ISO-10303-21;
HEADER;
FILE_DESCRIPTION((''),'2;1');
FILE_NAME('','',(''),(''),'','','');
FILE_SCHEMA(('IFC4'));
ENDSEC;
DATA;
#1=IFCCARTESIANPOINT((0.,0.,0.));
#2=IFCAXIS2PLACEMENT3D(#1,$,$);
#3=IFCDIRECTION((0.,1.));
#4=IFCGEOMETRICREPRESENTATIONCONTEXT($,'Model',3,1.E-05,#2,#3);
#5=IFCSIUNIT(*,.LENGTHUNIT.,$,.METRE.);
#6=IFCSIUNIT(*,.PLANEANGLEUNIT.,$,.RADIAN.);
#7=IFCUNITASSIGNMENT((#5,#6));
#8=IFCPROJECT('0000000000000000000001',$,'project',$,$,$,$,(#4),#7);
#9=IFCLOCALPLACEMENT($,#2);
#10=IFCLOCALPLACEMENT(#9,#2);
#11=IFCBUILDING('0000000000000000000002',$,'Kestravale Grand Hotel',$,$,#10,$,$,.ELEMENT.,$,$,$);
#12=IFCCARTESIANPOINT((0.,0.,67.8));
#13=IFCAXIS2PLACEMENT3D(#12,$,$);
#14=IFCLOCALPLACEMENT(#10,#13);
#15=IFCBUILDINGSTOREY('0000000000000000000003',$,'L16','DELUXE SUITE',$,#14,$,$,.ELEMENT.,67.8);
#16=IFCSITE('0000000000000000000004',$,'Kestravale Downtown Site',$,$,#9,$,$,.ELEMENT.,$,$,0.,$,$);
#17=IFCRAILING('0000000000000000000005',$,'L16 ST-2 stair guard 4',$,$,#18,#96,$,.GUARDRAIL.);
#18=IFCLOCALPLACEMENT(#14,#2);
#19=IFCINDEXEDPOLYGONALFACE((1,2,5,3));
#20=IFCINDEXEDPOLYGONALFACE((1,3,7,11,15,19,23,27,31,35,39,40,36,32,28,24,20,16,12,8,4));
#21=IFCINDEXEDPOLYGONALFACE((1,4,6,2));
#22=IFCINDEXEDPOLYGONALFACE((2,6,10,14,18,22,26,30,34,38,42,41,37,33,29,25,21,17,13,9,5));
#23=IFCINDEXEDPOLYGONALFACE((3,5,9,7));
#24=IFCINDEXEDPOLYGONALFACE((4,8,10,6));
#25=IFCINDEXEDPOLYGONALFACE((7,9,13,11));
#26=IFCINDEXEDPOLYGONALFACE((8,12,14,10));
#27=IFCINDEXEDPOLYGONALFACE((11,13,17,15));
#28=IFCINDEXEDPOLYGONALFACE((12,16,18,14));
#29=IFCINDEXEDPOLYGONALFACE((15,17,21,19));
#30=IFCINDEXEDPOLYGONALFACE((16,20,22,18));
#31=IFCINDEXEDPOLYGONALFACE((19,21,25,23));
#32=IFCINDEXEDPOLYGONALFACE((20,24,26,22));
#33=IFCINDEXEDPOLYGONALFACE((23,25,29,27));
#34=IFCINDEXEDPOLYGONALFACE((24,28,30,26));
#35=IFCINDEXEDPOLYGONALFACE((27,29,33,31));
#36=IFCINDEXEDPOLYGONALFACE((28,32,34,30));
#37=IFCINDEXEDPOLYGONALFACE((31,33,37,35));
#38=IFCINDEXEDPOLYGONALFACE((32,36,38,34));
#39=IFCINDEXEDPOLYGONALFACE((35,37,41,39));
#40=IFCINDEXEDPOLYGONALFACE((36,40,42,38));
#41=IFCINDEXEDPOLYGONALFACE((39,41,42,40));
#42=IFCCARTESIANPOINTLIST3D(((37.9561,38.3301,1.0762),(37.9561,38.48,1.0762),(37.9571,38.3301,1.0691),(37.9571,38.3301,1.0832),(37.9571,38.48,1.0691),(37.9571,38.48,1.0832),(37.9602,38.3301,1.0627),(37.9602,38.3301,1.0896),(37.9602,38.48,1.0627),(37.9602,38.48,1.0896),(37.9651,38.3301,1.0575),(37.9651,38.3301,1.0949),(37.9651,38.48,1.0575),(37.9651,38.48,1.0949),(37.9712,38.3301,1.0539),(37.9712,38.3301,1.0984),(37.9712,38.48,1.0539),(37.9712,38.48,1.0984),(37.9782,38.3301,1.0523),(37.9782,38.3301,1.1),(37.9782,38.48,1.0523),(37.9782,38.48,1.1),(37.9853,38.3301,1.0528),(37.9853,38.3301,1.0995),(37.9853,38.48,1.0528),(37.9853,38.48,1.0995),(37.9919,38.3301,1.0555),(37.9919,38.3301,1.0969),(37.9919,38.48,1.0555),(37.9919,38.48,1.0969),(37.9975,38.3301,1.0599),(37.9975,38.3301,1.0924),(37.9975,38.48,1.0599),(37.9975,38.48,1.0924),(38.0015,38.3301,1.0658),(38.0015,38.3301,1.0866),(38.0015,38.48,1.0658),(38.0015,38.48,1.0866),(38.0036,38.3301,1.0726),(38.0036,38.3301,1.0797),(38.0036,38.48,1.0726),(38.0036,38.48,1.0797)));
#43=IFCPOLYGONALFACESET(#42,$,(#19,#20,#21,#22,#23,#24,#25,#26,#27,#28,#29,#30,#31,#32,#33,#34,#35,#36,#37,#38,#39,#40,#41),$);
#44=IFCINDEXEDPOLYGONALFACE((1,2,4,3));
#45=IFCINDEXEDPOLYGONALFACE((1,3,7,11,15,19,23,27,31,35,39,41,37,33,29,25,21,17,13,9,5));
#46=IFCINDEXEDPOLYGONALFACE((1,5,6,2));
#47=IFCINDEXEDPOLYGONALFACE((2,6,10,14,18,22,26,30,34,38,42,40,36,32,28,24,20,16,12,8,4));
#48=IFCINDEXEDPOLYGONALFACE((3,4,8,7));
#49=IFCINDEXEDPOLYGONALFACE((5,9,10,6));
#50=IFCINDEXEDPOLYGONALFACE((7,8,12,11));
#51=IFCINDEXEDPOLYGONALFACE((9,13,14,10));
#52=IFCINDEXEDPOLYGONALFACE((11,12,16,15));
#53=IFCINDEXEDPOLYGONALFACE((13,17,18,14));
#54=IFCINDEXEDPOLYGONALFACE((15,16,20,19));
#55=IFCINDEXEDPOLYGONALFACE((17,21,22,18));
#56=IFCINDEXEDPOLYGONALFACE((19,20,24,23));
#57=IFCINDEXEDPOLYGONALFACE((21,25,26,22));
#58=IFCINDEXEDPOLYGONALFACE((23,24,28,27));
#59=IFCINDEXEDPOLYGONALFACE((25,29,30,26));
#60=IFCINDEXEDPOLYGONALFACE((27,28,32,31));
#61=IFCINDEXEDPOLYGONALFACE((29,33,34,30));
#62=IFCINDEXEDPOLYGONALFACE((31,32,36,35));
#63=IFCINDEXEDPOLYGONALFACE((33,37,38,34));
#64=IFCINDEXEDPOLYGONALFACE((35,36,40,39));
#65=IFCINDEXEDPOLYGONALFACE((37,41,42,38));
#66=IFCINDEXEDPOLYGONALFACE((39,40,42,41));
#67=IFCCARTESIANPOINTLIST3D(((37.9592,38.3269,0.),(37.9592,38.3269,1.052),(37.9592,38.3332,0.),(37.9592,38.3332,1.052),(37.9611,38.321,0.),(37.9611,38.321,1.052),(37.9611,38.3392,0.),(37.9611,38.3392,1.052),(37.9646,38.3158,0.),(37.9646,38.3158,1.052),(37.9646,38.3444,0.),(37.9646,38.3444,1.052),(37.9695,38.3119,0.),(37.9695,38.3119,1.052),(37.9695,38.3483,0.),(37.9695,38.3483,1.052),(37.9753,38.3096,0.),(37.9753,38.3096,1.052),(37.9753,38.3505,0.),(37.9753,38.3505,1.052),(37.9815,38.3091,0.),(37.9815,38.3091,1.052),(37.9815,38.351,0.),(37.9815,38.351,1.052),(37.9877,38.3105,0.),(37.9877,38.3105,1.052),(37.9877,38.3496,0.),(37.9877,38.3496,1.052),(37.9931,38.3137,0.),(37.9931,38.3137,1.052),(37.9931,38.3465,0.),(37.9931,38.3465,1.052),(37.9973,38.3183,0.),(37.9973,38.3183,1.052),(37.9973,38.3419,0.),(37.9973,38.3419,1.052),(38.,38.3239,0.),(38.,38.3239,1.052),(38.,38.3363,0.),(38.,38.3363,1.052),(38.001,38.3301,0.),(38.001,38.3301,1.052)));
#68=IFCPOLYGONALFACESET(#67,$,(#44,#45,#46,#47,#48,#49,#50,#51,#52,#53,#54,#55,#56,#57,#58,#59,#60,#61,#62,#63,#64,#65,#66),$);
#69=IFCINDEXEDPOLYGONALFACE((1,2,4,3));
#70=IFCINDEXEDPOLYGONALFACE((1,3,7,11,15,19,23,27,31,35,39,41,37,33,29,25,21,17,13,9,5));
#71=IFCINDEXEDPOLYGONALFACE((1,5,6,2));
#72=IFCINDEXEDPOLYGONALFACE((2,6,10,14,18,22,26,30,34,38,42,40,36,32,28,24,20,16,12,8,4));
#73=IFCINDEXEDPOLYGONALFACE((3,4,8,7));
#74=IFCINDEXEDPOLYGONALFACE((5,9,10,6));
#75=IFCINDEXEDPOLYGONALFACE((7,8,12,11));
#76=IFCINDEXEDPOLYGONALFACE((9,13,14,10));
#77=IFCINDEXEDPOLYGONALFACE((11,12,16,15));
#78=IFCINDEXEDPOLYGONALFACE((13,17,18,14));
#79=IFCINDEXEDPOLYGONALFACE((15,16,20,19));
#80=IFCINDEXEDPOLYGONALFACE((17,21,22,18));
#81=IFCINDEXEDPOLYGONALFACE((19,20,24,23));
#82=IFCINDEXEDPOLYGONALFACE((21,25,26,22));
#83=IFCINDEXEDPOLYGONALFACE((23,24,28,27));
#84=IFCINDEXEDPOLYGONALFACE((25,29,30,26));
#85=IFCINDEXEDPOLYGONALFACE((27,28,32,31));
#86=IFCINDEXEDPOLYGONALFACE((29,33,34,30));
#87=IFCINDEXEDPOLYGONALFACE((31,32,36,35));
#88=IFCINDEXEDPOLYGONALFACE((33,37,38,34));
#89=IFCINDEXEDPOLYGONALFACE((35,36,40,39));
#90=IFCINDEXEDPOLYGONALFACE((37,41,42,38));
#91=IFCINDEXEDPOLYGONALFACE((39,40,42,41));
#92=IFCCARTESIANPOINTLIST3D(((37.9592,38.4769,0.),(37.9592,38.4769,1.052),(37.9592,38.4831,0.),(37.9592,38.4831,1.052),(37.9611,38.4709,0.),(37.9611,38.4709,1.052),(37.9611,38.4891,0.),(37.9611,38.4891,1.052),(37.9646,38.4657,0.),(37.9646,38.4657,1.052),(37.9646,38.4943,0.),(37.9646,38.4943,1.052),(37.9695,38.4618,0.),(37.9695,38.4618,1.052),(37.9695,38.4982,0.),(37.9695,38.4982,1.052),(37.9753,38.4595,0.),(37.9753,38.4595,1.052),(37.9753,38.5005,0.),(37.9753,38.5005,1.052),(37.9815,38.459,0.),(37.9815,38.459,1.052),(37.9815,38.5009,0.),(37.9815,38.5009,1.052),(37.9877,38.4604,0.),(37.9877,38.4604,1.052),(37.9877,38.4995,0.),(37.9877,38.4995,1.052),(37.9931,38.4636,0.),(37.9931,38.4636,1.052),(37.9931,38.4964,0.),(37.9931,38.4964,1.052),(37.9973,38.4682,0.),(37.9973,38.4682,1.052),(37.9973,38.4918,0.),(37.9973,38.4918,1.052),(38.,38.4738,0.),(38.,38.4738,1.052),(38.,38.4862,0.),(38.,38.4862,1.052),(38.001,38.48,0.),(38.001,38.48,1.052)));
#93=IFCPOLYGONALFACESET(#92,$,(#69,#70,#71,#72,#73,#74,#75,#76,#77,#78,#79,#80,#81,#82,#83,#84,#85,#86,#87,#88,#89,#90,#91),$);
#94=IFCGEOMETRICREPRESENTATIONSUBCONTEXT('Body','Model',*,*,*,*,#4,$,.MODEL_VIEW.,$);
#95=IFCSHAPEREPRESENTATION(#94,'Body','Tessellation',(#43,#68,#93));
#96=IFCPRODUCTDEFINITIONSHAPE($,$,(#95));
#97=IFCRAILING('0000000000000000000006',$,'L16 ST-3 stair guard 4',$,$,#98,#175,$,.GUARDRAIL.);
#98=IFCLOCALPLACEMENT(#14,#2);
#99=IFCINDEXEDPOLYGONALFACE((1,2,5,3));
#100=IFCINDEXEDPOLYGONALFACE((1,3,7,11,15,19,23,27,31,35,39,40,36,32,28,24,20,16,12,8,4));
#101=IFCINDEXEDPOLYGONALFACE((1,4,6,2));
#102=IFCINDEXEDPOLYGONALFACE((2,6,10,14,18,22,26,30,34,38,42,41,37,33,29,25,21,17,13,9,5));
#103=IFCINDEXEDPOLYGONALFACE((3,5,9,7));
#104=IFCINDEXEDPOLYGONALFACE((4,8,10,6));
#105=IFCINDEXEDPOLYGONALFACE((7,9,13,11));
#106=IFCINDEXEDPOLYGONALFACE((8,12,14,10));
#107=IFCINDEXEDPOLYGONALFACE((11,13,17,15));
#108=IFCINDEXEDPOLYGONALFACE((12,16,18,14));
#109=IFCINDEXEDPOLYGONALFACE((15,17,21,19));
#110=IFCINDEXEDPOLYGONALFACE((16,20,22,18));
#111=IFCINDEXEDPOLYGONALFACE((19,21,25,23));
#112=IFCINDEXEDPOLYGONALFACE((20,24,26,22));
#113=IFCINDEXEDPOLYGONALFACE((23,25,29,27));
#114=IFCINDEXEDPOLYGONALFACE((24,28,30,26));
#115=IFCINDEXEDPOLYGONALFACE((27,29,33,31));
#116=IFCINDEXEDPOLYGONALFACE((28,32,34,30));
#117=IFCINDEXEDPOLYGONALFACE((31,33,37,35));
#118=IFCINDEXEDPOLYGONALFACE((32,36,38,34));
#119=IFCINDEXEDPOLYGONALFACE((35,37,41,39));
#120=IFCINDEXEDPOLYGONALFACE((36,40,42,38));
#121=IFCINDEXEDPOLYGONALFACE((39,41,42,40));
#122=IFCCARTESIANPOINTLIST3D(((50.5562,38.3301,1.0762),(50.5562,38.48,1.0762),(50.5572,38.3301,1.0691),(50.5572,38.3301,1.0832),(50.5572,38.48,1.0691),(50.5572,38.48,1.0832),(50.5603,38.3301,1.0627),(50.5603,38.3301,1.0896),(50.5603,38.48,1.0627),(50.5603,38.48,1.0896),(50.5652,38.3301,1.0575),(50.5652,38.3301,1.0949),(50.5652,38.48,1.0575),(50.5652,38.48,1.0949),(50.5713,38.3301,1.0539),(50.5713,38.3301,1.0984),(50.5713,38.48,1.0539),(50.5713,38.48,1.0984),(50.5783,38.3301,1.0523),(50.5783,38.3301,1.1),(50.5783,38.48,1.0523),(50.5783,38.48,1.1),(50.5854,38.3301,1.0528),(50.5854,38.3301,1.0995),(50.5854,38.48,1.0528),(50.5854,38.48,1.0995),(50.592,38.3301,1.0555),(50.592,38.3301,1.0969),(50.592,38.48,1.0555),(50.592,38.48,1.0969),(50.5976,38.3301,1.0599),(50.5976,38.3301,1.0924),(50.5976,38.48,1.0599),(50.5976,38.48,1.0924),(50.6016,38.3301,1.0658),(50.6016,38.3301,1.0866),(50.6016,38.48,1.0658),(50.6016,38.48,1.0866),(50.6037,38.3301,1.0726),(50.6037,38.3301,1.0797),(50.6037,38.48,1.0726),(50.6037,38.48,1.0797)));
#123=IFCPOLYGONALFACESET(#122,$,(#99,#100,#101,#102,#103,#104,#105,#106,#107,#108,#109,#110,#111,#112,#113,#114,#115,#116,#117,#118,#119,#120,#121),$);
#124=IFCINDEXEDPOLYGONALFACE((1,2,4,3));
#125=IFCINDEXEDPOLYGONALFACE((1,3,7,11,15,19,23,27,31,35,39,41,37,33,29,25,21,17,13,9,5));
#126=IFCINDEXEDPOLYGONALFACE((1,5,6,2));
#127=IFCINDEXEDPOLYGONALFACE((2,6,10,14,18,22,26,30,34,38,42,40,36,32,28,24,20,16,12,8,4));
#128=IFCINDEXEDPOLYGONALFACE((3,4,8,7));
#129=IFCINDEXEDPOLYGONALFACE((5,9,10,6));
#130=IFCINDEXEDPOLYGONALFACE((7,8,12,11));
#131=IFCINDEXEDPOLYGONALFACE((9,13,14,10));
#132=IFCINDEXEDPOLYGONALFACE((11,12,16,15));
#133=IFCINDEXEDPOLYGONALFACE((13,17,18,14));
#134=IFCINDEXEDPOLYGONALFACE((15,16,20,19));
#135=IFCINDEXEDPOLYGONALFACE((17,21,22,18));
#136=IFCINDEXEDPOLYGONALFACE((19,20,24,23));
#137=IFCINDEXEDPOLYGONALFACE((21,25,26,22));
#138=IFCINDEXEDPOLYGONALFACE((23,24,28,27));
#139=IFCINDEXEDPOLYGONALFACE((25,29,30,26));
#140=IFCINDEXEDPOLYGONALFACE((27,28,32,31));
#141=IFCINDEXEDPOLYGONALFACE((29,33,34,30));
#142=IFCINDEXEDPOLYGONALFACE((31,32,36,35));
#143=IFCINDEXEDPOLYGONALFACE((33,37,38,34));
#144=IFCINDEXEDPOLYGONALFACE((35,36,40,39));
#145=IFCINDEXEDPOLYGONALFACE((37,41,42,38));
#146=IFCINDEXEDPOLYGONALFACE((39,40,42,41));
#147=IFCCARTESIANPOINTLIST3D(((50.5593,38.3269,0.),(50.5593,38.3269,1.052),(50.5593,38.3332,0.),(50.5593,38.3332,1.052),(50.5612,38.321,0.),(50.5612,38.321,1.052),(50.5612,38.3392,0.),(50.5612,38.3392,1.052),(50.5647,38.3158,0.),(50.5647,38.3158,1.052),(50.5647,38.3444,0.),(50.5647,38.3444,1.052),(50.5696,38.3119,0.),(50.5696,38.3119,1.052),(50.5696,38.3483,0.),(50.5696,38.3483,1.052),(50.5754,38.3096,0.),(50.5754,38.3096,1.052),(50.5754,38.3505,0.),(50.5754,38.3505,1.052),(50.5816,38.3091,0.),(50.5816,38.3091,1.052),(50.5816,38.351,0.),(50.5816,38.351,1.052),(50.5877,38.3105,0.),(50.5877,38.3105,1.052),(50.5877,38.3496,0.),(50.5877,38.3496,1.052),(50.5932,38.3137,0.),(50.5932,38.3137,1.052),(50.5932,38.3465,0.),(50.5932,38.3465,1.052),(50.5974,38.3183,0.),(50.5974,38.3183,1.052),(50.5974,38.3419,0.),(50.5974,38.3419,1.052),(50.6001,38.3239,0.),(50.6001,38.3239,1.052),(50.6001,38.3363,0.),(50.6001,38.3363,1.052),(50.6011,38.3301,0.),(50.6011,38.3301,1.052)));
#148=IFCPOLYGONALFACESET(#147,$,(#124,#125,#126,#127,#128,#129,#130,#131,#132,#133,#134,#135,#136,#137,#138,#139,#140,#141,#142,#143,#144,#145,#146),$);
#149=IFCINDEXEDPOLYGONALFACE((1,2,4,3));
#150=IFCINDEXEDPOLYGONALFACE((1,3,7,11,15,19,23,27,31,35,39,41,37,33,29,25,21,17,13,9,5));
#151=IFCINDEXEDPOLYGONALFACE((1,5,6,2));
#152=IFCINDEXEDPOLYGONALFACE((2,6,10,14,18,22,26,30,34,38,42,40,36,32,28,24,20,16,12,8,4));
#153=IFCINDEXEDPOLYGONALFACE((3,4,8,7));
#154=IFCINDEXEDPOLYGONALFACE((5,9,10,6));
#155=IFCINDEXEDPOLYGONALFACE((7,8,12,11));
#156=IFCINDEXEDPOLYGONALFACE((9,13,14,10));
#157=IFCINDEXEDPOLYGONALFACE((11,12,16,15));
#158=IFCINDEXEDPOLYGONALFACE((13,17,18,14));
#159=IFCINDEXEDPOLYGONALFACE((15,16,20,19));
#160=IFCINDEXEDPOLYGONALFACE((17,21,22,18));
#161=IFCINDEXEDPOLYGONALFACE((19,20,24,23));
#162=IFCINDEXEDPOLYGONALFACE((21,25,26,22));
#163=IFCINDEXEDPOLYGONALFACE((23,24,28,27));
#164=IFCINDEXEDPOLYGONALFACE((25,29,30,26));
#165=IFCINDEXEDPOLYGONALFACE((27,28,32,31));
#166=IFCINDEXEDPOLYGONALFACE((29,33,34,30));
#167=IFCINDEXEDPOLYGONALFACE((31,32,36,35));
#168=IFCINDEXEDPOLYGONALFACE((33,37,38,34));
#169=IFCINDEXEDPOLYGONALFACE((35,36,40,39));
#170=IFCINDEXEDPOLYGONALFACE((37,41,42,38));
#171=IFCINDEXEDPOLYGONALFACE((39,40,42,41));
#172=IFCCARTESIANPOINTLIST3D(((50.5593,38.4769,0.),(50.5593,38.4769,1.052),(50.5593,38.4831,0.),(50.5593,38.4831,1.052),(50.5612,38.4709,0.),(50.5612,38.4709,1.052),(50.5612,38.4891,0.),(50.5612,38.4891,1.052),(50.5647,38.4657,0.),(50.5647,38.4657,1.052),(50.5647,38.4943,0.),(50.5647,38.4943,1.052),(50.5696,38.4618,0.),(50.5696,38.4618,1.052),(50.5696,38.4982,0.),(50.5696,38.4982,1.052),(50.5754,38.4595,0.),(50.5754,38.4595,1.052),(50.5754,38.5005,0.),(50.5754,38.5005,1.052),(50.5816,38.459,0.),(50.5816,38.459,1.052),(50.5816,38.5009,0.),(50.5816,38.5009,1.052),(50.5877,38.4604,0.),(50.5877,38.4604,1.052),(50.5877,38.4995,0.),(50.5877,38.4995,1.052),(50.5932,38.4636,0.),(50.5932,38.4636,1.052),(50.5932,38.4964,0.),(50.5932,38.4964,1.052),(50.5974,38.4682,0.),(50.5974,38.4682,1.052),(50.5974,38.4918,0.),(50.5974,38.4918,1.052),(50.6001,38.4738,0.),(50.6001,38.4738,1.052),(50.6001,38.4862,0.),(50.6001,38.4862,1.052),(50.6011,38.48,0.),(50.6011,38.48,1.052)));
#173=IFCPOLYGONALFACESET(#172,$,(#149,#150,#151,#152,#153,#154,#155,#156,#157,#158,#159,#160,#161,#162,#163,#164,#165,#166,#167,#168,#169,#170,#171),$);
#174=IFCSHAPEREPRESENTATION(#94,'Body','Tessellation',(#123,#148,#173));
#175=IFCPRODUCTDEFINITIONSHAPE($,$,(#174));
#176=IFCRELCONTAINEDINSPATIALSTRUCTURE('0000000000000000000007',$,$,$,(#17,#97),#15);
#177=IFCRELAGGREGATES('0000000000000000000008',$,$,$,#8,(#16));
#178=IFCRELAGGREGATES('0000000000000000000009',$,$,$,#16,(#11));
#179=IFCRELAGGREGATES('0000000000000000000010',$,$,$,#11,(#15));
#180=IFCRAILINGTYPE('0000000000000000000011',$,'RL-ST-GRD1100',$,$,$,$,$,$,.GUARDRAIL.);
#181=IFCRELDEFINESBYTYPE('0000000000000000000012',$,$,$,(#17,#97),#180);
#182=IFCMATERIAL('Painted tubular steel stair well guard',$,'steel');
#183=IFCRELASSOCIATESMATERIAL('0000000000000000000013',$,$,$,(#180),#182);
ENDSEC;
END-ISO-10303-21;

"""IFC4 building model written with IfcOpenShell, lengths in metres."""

from ifc_helpers import new_model, si_unit, direction, frame, origin, origin_2d, place, context, subcontext, project, spatial, circle, extrude, material, type_object, element, save


model = new_model("IFC4")

# Units and contexts
model_context = context("Model", 3, precision=1e-05, world=origin(), true_north=direction((0.0, 1.0)))
body_context = subcontext(model_context, "Body", "Model", "MODEL_VIEW")
ifc_project = project(units=[si_unit("LENGTHUNIT", "METRE"), si_unit("PLANEANGLEUNIT", "RADIAN")], contexts=[model_context])

# Site, building, storey
site_placement = place(None, origin())
site = spatial("IfcSite", under=ifc_project, at=site_placement, Name="Kestravale Downtown Site", CompositionType="ELEMENT", RefElevation=0.0)
building_placement = place(site_placement, origin())
building = spatial("IfcBuilding", under=site, at=building_placement, Name="Kestravale Grand Hotel", CompositionType="ELEMENT")
storey_placement = place(building_placement, frame((0.0, 0.0, 67.8)))
storey = spatial("IfcBuildingStorey", under=building, at=storey_placement, Name="L16", Description="DELUXE SUITE", CompositionType="ELEMENT", Elevation=67.8)

# Railings
ifc_material_1 = material(Name="Painted tubular steel stair well guard", Category="steel")
railing_type_1 = type_object("IfcRailingType", Name="RL-ST-GRD1100", PredefinedType="GUARDRAIL", material=ifc_material_1)
for number, where, name in (
    (1, (37.98, 38.3301, 0.0), "L16 ST-2 stair guard 4"),
    (2, (50.5801, 38.3301, 0.0), "L16 ST-3 stair guard 4"),
):
    element("IfcRailing", number, at=place(storey_placement, frame(where)), inside=storey, type_object=railing_type_1, Name=name, PredefinedType="GUARDRAIL", context=body_context, shape_type="SweptSolid", body=[
        extrude(circle(Radius=0.0239, at=origin_2d()), frame((0.0, 0.0, 1.0762), z_axis=(0.0, 1.0, 0.0), x_axis=(-1.0, 0.0, 0.0)), (0.0, 0.0, 1.0), 0.1499),
        extrude(circle(Radius=0.021, at=origin_2d()), origin(), (0.0, 0.0, 1.0), 1.052),
        extrude(circle(Radius=0.021, at=origin_2d()), frame((0.0, 0.1499, 0.0)), (0.0, 0.0, 1.0), 1.052),
    ])

save(model, "model.ifc")
